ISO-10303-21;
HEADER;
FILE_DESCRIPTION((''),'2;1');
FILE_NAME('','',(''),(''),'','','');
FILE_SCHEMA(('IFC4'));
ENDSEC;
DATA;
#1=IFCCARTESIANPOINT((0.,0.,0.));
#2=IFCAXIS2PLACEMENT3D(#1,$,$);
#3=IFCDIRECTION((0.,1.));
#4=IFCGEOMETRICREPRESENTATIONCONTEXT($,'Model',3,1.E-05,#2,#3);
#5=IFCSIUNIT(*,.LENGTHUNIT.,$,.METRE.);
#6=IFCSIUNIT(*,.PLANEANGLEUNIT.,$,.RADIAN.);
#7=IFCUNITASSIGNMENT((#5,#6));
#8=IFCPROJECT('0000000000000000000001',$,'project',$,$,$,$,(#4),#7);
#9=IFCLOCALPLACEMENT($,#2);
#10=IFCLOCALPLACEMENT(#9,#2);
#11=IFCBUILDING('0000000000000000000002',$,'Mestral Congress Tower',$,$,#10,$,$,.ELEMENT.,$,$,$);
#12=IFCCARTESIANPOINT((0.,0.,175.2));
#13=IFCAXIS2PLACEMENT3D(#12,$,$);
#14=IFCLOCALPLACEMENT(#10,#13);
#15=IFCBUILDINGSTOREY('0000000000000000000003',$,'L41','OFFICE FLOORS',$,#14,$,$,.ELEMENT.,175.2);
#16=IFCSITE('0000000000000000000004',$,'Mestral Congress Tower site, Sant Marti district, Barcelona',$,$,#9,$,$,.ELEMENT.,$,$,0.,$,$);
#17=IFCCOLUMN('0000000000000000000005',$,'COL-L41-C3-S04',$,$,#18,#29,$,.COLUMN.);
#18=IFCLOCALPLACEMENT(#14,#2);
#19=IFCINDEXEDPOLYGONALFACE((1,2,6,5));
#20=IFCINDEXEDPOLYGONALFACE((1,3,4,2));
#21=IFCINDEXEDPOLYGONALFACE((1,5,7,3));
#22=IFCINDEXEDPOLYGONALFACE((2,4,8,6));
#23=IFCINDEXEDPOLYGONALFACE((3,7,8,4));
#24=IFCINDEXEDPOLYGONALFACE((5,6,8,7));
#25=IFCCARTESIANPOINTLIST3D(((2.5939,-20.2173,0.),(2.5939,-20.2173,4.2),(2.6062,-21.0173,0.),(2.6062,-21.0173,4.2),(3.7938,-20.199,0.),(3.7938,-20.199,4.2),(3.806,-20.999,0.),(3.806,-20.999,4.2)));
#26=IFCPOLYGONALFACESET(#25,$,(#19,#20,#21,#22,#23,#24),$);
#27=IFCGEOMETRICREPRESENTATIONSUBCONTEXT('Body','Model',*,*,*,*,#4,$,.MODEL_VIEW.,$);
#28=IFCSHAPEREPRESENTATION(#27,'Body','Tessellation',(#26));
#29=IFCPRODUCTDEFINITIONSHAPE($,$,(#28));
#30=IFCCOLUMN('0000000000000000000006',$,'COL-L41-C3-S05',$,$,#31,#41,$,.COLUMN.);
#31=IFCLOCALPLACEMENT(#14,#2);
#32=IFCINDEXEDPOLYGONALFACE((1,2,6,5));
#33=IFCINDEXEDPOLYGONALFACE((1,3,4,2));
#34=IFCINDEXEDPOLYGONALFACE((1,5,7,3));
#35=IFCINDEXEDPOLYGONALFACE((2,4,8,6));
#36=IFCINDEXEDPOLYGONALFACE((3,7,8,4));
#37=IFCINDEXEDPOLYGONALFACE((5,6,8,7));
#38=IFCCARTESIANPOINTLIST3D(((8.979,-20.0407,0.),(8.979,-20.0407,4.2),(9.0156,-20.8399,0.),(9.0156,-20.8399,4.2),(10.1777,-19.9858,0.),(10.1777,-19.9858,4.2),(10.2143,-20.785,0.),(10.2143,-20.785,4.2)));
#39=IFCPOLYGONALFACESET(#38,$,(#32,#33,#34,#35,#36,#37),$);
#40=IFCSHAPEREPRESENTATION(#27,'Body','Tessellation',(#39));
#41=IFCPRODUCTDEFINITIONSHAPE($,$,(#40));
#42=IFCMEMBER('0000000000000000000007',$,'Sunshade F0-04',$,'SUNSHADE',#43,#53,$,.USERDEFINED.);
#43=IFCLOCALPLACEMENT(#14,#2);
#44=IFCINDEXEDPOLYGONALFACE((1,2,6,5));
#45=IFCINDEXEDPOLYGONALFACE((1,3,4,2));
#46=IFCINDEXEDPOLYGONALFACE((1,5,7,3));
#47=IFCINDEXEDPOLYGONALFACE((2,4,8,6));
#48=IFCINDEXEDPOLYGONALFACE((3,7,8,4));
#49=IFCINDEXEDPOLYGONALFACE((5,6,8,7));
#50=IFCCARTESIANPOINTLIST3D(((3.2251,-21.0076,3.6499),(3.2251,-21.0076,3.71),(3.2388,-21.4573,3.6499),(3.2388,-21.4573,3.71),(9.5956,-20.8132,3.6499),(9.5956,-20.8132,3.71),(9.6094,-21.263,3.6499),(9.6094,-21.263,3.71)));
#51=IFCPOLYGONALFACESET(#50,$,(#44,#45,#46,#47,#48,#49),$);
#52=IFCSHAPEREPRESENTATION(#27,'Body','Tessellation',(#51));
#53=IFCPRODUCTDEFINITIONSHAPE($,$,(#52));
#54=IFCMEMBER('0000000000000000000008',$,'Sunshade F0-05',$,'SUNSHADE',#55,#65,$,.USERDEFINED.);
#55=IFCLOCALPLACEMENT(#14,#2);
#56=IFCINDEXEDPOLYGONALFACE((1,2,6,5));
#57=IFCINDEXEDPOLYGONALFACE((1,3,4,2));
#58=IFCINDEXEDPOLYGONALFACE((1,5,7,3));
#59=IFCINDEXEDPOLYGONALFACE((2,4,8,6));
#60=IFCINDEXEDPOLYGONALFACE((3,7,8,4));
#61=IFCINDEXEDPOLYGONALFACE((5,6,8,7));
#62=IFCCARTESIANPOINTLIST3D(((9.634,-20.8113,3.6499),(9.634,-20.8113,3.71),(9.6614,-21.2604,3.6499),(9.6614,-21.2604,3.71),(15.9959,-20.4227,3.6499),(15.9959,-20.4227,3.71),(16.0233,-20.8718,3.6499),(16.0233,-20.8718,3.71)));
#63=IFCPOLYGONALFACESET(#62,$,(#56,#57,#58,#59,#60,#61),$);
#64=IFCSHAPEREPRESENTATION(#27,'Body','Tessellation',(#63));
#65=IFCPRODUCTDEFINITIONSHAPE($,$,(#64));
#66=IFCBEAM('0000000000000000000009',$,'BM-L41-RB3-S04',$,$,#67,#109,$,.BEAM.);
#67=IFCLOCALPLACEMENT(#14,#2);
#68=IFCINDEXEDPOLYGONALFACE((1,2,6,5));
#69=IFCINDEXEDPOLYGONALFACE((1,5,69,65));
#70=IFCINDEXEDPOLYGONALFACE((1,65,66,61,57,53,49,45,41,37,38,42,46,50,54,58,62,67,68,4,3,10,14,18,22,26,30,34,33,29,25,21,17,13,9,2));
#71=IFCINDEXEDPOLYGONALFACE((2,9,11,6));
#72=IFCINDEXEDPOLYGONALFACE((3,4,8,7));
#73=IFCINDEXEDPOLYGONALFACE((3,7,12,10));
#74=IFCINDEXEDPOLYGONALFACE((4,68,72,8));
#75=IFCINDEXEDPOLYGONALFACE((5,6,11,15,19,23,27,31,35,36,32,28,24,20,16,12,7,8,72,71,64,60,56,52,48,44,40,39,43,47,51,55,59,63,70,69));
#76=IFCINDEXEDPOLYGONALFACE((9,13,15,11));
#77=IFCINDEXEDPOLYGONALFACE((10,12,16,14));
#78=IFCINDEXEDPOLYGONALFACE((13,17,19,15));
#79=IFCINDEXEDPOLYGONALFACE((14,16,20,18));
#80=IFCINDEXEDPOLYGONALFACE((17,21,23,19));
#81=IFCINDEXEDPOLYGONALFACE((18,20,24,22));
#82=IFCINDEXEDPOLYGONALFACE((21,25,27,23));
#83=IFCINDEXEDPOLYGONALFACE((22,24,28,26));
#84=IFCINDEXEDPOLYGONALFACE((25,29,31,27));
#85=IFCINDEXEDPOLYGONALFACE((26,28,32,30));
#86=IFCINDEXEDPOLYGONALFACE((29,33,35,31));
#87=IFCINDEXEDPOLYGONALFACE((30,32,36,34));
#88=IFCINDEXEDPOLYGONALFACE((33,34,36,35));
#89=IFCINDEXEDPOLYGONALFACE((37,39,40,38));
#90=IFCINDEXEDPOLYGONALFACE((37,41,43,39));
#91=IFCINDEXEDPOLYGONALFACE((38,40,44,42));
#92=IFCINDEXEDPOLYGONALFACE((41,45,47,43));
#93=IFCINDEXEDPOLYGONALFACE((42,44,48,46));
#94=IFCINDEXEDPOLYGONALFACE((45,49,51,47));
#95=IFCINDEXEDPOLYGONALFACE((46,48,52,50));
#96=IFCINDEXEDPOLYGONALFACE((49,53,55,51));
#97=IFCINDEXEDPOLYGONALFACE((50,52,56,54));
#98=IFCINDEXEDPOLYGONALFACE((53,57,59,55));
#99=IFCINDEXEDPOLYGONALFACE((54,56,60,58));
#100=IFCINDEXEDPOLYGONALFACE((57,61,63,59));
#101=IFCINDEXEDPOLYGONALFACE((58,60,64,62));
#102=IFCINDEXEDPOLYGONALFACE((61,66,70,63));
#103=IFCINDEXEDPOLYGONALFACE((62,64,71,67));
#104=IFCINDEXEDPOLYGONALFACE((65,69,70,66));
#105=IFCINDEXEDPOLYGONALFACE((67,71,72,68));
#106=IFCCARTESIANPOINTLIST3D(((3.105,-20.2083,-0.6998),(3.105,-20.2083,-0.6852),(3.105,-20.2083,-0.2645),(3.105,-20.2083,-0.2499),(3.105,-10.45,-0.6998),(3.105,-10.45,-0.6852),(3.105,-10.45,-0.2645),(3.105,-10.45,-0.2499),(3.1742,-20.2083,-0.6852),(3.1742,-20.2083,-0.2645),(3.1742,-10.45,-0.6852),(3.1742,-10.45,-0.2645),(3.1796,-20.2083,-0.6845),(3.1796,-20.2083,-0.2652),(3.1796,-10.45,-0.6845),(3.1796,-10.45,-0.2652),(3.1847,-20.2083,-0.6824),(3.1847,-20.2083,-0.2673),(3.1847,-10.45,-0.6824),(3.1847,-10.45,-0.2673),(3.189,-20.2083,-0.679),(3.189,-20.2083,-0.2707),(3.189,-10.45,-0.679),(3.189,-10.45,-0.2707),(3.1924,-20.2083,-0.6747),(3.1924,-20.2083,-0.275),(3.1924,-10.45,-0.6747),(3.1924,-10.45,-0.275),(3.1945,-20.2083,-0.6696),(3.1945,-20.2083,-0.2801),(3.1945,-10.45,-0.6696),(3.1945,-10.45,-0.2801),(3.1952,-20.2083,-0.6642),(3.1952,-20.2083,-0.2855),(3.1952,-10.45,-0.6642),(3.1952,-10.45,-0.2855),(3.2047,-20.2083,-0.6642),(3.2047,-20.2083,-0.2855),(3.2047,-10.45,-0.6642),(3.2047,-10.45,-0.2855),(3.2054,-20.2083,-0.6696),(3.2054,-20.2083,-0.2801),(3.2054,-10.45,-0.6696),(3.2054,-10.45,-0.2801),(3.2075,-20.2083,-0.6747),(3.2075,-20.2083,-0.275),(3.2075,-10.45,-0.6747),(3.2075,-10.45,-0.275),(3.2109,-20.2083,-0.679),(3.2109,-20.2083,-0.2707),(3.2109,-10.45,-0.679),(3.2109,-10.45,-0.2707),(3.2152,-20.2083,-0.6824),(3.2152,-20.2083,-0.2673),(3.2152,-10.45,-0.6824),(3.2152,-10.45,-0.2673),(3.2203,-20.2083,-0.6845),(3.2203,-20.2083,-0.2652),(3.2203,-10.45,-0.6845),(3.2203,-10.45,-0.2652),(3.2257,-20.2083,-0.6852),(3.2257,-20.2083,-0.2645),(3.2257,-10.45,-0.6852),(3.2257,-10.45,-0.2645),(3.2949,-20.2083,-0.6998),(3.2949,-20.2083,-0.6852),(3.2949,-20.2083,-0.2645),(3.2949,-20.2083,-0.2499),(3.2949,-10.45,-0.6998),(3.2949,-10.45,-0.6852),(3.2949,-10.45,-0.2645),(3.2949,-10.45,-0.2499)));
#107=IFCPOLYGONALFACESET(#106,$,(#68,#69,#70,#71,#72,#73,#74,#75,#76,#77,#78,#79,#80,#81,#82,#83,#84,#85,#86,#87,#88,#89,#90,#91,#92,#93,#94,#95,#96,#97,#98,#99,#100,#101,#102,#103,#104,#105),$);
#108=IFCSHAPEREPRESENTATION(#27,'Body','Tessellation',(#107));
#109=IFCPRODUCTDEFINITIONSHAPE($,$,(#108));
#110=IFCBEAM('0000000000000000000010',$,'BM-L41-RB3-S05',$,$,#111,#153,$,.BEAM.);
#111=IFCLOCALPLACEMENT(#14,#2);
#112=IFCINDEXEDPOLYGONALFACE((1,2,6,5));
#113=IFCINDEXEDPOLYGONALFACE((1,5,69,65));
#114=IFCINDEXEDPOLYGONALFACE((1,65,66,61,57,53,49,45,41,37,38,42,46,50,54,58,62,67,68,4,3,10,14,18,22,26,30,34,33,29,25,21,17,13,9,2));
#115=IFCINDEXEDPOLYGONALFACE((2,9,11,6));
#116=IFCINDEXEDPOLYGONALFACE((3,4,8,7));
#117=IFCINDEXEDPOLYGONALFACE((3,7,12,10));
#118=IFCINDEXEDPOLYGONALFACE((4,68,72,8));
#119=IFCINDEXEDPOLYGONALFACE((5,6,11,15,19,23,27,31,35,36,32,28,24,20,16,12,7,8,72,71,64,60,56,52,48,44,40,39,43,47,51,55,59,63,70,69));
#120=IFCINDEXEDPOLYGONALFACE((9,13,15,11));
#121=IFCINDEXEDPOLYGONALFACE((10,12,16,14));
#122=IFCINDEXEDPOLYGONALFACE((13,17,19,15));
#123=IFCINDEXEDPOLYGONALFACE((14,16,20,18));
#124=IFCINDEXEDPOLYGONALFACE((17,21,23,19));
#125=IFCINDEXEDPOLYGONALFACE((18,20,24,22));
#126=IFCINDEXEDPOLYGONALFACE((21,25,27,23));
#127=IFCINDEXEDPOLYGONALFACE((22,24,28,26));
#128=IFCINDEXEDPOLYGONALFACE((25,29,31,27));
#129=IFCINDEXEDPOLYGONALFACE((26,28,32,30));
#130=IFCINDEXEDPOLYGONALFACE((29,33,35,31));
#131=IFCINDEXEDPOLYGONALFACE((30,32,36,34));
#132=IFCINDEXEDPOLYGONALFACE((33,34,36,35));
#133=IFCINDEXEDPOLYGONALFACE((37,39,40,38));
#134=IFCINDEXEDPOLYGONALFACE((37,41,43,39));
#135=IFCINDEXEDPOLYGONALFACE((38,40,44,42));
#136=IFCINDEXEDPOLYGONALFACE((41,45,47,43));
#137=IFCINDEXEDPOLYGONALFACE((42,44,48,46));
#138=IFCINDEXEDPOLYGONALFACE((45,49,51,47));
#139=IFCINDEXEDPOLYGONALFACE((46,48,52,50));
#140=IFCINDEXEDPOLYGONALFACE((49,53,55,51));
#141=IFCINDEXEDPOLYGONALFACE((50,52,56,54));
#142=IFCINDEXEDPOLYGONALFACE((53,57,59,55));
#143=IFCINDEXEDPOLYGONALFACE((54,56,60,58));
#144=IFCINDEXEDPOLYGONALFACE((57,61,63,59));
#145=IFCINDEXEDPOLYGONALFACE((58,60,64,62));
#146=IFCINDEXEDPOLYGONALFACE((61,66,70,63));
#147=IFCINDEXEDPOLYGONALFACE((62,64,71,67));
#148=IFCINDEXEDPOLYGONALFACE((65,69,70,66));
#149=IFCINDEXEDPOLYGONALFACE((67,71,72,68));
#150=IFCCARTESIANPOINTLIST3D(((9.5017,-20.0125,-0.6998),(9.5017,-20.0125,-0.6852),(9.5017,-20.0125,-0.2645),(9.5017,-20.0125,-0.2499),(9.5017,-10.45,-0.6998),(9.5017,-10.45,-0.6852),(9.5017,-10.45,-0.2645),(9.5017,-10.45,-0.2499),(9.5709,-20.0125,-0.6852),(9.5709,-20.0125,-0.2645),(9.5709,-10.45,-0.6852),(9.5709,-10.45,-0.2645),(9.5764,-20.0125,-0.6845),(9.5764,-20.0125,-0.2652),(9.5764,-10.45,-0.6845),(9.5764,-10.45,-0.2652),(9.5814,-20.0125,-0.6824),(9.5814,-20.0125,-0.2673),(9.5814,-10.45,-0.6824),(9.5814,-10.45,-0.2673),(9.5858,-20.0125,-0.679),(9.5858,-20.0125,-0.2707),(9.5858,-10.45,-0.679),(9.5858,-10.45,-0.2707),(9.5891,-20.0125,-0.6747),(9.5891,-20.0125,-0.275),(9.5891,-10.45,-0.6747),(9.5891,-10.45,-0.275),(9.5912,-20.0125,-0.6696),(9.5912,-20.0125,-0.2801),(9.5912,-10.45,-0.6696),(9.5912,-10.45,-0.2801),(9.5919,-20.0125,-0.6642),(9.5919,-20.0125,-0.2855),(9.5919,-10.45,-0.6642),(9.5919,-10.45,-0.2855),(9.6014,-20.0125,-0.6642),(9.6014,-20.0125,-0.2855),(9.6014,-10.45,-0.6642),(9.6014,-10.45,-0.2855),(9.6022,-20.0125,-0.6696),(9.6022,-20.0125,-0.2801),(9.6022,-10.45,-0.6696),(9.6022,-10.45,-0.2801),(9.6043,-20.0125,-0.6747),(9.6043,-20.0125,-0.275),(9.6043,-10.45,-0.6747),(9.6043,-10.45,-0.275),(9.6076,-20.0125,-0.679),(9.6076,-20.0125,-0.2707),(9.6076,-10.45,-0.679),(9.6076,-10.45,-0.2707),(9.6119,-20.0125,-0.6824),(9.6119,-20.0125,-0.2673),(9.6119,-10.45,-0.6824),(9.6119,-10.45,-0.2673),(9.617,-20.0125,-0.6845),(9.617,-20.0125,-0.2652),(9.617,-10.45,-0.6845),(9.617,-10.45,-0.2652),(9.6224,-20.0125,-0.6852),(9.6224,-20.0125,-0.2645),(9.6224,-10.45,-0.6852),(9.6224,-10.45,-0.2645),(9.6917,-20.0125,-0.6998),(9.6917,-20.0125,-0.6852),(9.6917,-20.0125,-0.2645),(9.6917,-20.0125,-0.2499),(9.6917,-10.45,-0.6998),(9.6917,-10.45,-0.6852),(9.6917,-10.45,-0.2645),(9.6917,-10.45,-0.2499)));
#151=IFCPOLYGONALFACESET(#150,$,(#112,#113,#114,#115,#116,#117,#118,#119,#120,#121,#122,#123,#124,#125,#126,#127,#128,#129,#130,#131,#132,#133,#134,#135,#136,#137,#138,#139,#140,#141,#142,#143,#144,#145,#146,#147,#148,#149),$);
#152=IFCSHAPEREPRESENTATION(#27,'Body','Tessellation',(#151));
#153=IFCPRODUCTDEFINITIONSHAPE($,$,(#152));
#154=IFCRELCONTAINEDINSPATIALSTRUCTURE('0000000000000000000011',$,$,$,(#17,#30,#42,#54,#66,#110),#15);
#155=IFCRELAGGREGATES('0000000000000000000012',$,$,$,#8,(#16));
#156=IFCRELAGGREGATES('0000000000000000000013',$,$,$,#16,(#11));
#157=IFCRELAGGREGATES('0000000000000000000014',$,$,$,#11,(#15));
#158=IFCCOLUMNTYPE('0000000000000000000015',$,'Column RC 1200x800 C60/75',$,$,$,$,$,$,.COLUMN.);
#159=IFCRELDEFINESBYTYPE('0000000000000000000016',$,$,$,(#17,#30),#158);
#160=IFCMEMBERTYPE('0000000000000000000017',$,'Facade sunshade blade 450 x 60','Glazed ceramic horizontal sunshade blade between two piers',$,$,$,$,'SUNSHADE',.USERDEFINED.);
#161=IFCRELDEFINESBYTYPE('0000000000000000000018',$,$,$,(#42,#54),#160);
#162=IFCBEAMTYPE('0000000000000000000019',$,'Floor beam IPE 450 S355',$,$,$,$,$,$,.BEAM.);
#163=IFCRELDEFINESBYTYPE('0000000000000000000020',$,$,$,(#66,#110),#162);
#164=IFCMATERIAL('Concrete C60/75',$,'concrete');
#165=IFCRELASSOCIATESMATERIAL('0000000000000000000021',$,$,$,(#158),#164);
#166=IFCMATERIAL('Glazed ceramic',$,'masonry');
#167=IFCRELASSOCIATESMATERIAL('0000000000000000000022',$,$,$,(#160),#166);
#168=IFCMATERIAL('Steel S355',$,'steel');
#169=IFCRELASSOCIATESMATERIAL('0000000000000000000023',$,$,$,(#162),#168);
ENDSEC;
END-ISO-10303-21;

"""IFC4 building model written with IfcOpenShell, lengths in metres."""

from ifc_helpers import new_model, si_unit, direction, frame, origin, origin_2d, place, context, subcontext, project, spatial, rectangle, i_section, extrude, material, material_profile, profile_set, type_object, element, save


model = new_model("IFC4")

# Units and contexts
model_context = context("Model", 3, precision=1e-05, world=origin(), true_north=direction((0.0, 1.0)))
body_context = subcontext(model_context, "Body", "Model", "MODEL_VIEW")
ifc_project = project(units=[si_unit("LENGTHUNIT", "METRE"), si_unit("PLANEANGLEUNIT", "RADIAN")], contexts=[model_context])

# Site, building, storey
site_placement = place(None, origin())
site = spatial("IfcSite", under=ifc_project, at=site_placement, Name="Mestral Congress Tower site, Sant Marti district, Barcelona", CompositionType="ELEMENT", RefElevation=0.0)
building_placement = place(site_placement, origin())
building = spatial("IfcBuilding", under=site, at=building_placement, Name="Mestral Congress Tower", CompositionType="ELEMENT")
storey_placement = place(building_placement, frame((0.0, 0.0, 175.2)))
storey = spatial("IfcBuildingStorey", under=building, at=storey_placement, Name="L41", Description="OFFICE FLOORS", CompositionType="ELEMENT", Elevation=175.2)

# Columns
ifc_material_1 = material(Name="Concrete C60/75", Category="concrete")
ifc_material_profile_1 = material_profile(ifc_material_1, rectangle(XDim=1.2, YDim=0.8, at=origin_2d()), Name="RC 1200x800")
ifc_profile_set_1 = profile_set([ifc_material_profile_1], Name="Concrete C60/75")
column_type = type_object("IfcColumnType", Name="Column RC 1200x800 C60/75", PredefinedType="COLUMN", material=ifc_profile_set_1)
for number, where, z_axis, x_axis, name in (
    (1, (3.2, -20.6082, 0.0), (0.0, 0.0, 1.0), (0.999884, 0.015262, 0.0), "COL-L41-C3-S04"),
    (2, (9.5967, -20.4128, 0.0), (0.0, 0.0, 1.0), (0.998952, 0.045771, 0.0), "COL-L41-C3-S05"),
):
    element("IfcColumn", number, at=place(storey_placement, frame(where, z_axis=z_axis, x_axis=x_axis)), inside=storey, type_object=column_type, Name=name, PredefinedType="COLUMN", context=body_context, shape_type="SweptSolid", body=[
        extrude(rectangle(XDim=1.2, YDim=0.8, at=origin_2d()), origin(), (0.0, 0.0, 1.0), 4.2),
    ])

# Members
ifc_material_2 = material(Name="Glazed ceramic", Category="masonry")
ifc_material_profile_2 = material_profile(ifc_material_2, rectangle(XDim=0.45, YDim=0.0601, at=origin_2d()), Name="Ceramic blade 450 x 60")
ifc_profile_set_2 = profile_set([ifc_material_profile_2], Name="Glazed ceramic")
member_type = type_object("IfcMemberType", Name="Facade sunshade blade 450 x 60", Description="Glazed ceramic horizontal sunshade blade between two piers", ElementType="SUNSHADE", PredefinedType="USERDEFINED", material=ifc_profile_set_2)
member_1_placement = place(storey_placement, frame((3.2319, -21.2324, 3.6799), z_axis=(0.999535, 0.030491, 0.0), x_axis=(-0.030491, 0.999535, 0.0)))
element("IfcMember", 3, at=member_1_placement, inside=storey, type_object=member_type, Name="Sunshade F0-04", ObjectType="SUNSHADE", PredefinedType="USERDEFINED", context=body_context, shape_type="SweptSolid", body=[
    extrude(rectangle(XDim=0.45, YDim=0.0601, at=origin_2d()), origin(), (0.0, 0.0, 1.0), 6.3735),
])
member_2_placement = place(storey_placement, frame((9.6477, -21.0359, 3.6799), z_axis=(0.998139, 0.060981, 0.0), x_axis=(-0.060981, 0.998139, 0.0)))
element("IfcMember", 4, at=member_2_placement, inside=storey, type_object=member_type, Name="Sunshade F0-05", ObjectType="SUNSHADE", PredefinedType="USERDEFINED", context=body_context, shape_type="SweptSolid", body=[
    extrude(rectangle(XDim=0.45, YDim=0.0601, at=origin_2d()), origin(), (0.0, 0.0, 1.0), 6.3738),
])

# Beams
ifc_material_3 = material(Name="Steel S355", Category="steel")
ifc_material_profile_3 = material_profile(ifc_material_3, i_section(OverallWidth=0.1899, OverallDepth=0.45, WebThickness=0.0095, FlangeThickness=0.0146, FilletRadius=0.021, at=origin_2d()), Name="IPE 450")
ifc_profile_set_3 = profile_set([ifc_material_profile_3], Name="Steel S355")
beam_type_1 = type_object("IfcBeamType", Name="Floor beam IPE 450 S355", PredefinedType="BEAM", material=ifc_profile_set_3)
beam_1_placement = place(storey_placement, frame((3.2, -20.2083, -0.4749), z_axis=(0.0, 1.0, 0.0), x_axis=(-1.0, 0.0, 0.0)))
element("IfcBeam", 5, at=beam_1_placement, inside=storey, type_object=beam_type_1, Name="BM-L41-RB3-S04", PredefinedType="BEAM", context=body_context, shape_type="SweptSolid", body=[
    extrude(i_section(OverallWidth=0.1899, OverallDepth=0.45, WebThickness=0.0095, FlangeThickness=0.0146, FilletRadius=0.021, at=origin_2d()), origin(), (0.0, 0.0, 1.0), 9.7583),
])
beam_2_placement = place(storey_placement, frame((9.5967, -20.0125, -0.4749), z_axis=(0.0, 1.0, 0.0), x_axis=(-1.0, 0.0, 0.0)))
element("IfcBeam", 6, at=beam_2_placement, inside=storey, type_object=beam_type_1, Name="BM-L41-RB3-S05", PredefinedType="BEAM", context=body_context, shape_type="SweptSolid", body=[
    extrude(i_section(OverallWidth=0.1899, OverallDepth=0.45, WebThickness=0.0095, FlangeThickness=0.0146, FilletRadius=0.021, at=origin_2d()), origin(), (0.0, 0.0, 1.0), 9.5625),
])

save(model, "model.ifc")
